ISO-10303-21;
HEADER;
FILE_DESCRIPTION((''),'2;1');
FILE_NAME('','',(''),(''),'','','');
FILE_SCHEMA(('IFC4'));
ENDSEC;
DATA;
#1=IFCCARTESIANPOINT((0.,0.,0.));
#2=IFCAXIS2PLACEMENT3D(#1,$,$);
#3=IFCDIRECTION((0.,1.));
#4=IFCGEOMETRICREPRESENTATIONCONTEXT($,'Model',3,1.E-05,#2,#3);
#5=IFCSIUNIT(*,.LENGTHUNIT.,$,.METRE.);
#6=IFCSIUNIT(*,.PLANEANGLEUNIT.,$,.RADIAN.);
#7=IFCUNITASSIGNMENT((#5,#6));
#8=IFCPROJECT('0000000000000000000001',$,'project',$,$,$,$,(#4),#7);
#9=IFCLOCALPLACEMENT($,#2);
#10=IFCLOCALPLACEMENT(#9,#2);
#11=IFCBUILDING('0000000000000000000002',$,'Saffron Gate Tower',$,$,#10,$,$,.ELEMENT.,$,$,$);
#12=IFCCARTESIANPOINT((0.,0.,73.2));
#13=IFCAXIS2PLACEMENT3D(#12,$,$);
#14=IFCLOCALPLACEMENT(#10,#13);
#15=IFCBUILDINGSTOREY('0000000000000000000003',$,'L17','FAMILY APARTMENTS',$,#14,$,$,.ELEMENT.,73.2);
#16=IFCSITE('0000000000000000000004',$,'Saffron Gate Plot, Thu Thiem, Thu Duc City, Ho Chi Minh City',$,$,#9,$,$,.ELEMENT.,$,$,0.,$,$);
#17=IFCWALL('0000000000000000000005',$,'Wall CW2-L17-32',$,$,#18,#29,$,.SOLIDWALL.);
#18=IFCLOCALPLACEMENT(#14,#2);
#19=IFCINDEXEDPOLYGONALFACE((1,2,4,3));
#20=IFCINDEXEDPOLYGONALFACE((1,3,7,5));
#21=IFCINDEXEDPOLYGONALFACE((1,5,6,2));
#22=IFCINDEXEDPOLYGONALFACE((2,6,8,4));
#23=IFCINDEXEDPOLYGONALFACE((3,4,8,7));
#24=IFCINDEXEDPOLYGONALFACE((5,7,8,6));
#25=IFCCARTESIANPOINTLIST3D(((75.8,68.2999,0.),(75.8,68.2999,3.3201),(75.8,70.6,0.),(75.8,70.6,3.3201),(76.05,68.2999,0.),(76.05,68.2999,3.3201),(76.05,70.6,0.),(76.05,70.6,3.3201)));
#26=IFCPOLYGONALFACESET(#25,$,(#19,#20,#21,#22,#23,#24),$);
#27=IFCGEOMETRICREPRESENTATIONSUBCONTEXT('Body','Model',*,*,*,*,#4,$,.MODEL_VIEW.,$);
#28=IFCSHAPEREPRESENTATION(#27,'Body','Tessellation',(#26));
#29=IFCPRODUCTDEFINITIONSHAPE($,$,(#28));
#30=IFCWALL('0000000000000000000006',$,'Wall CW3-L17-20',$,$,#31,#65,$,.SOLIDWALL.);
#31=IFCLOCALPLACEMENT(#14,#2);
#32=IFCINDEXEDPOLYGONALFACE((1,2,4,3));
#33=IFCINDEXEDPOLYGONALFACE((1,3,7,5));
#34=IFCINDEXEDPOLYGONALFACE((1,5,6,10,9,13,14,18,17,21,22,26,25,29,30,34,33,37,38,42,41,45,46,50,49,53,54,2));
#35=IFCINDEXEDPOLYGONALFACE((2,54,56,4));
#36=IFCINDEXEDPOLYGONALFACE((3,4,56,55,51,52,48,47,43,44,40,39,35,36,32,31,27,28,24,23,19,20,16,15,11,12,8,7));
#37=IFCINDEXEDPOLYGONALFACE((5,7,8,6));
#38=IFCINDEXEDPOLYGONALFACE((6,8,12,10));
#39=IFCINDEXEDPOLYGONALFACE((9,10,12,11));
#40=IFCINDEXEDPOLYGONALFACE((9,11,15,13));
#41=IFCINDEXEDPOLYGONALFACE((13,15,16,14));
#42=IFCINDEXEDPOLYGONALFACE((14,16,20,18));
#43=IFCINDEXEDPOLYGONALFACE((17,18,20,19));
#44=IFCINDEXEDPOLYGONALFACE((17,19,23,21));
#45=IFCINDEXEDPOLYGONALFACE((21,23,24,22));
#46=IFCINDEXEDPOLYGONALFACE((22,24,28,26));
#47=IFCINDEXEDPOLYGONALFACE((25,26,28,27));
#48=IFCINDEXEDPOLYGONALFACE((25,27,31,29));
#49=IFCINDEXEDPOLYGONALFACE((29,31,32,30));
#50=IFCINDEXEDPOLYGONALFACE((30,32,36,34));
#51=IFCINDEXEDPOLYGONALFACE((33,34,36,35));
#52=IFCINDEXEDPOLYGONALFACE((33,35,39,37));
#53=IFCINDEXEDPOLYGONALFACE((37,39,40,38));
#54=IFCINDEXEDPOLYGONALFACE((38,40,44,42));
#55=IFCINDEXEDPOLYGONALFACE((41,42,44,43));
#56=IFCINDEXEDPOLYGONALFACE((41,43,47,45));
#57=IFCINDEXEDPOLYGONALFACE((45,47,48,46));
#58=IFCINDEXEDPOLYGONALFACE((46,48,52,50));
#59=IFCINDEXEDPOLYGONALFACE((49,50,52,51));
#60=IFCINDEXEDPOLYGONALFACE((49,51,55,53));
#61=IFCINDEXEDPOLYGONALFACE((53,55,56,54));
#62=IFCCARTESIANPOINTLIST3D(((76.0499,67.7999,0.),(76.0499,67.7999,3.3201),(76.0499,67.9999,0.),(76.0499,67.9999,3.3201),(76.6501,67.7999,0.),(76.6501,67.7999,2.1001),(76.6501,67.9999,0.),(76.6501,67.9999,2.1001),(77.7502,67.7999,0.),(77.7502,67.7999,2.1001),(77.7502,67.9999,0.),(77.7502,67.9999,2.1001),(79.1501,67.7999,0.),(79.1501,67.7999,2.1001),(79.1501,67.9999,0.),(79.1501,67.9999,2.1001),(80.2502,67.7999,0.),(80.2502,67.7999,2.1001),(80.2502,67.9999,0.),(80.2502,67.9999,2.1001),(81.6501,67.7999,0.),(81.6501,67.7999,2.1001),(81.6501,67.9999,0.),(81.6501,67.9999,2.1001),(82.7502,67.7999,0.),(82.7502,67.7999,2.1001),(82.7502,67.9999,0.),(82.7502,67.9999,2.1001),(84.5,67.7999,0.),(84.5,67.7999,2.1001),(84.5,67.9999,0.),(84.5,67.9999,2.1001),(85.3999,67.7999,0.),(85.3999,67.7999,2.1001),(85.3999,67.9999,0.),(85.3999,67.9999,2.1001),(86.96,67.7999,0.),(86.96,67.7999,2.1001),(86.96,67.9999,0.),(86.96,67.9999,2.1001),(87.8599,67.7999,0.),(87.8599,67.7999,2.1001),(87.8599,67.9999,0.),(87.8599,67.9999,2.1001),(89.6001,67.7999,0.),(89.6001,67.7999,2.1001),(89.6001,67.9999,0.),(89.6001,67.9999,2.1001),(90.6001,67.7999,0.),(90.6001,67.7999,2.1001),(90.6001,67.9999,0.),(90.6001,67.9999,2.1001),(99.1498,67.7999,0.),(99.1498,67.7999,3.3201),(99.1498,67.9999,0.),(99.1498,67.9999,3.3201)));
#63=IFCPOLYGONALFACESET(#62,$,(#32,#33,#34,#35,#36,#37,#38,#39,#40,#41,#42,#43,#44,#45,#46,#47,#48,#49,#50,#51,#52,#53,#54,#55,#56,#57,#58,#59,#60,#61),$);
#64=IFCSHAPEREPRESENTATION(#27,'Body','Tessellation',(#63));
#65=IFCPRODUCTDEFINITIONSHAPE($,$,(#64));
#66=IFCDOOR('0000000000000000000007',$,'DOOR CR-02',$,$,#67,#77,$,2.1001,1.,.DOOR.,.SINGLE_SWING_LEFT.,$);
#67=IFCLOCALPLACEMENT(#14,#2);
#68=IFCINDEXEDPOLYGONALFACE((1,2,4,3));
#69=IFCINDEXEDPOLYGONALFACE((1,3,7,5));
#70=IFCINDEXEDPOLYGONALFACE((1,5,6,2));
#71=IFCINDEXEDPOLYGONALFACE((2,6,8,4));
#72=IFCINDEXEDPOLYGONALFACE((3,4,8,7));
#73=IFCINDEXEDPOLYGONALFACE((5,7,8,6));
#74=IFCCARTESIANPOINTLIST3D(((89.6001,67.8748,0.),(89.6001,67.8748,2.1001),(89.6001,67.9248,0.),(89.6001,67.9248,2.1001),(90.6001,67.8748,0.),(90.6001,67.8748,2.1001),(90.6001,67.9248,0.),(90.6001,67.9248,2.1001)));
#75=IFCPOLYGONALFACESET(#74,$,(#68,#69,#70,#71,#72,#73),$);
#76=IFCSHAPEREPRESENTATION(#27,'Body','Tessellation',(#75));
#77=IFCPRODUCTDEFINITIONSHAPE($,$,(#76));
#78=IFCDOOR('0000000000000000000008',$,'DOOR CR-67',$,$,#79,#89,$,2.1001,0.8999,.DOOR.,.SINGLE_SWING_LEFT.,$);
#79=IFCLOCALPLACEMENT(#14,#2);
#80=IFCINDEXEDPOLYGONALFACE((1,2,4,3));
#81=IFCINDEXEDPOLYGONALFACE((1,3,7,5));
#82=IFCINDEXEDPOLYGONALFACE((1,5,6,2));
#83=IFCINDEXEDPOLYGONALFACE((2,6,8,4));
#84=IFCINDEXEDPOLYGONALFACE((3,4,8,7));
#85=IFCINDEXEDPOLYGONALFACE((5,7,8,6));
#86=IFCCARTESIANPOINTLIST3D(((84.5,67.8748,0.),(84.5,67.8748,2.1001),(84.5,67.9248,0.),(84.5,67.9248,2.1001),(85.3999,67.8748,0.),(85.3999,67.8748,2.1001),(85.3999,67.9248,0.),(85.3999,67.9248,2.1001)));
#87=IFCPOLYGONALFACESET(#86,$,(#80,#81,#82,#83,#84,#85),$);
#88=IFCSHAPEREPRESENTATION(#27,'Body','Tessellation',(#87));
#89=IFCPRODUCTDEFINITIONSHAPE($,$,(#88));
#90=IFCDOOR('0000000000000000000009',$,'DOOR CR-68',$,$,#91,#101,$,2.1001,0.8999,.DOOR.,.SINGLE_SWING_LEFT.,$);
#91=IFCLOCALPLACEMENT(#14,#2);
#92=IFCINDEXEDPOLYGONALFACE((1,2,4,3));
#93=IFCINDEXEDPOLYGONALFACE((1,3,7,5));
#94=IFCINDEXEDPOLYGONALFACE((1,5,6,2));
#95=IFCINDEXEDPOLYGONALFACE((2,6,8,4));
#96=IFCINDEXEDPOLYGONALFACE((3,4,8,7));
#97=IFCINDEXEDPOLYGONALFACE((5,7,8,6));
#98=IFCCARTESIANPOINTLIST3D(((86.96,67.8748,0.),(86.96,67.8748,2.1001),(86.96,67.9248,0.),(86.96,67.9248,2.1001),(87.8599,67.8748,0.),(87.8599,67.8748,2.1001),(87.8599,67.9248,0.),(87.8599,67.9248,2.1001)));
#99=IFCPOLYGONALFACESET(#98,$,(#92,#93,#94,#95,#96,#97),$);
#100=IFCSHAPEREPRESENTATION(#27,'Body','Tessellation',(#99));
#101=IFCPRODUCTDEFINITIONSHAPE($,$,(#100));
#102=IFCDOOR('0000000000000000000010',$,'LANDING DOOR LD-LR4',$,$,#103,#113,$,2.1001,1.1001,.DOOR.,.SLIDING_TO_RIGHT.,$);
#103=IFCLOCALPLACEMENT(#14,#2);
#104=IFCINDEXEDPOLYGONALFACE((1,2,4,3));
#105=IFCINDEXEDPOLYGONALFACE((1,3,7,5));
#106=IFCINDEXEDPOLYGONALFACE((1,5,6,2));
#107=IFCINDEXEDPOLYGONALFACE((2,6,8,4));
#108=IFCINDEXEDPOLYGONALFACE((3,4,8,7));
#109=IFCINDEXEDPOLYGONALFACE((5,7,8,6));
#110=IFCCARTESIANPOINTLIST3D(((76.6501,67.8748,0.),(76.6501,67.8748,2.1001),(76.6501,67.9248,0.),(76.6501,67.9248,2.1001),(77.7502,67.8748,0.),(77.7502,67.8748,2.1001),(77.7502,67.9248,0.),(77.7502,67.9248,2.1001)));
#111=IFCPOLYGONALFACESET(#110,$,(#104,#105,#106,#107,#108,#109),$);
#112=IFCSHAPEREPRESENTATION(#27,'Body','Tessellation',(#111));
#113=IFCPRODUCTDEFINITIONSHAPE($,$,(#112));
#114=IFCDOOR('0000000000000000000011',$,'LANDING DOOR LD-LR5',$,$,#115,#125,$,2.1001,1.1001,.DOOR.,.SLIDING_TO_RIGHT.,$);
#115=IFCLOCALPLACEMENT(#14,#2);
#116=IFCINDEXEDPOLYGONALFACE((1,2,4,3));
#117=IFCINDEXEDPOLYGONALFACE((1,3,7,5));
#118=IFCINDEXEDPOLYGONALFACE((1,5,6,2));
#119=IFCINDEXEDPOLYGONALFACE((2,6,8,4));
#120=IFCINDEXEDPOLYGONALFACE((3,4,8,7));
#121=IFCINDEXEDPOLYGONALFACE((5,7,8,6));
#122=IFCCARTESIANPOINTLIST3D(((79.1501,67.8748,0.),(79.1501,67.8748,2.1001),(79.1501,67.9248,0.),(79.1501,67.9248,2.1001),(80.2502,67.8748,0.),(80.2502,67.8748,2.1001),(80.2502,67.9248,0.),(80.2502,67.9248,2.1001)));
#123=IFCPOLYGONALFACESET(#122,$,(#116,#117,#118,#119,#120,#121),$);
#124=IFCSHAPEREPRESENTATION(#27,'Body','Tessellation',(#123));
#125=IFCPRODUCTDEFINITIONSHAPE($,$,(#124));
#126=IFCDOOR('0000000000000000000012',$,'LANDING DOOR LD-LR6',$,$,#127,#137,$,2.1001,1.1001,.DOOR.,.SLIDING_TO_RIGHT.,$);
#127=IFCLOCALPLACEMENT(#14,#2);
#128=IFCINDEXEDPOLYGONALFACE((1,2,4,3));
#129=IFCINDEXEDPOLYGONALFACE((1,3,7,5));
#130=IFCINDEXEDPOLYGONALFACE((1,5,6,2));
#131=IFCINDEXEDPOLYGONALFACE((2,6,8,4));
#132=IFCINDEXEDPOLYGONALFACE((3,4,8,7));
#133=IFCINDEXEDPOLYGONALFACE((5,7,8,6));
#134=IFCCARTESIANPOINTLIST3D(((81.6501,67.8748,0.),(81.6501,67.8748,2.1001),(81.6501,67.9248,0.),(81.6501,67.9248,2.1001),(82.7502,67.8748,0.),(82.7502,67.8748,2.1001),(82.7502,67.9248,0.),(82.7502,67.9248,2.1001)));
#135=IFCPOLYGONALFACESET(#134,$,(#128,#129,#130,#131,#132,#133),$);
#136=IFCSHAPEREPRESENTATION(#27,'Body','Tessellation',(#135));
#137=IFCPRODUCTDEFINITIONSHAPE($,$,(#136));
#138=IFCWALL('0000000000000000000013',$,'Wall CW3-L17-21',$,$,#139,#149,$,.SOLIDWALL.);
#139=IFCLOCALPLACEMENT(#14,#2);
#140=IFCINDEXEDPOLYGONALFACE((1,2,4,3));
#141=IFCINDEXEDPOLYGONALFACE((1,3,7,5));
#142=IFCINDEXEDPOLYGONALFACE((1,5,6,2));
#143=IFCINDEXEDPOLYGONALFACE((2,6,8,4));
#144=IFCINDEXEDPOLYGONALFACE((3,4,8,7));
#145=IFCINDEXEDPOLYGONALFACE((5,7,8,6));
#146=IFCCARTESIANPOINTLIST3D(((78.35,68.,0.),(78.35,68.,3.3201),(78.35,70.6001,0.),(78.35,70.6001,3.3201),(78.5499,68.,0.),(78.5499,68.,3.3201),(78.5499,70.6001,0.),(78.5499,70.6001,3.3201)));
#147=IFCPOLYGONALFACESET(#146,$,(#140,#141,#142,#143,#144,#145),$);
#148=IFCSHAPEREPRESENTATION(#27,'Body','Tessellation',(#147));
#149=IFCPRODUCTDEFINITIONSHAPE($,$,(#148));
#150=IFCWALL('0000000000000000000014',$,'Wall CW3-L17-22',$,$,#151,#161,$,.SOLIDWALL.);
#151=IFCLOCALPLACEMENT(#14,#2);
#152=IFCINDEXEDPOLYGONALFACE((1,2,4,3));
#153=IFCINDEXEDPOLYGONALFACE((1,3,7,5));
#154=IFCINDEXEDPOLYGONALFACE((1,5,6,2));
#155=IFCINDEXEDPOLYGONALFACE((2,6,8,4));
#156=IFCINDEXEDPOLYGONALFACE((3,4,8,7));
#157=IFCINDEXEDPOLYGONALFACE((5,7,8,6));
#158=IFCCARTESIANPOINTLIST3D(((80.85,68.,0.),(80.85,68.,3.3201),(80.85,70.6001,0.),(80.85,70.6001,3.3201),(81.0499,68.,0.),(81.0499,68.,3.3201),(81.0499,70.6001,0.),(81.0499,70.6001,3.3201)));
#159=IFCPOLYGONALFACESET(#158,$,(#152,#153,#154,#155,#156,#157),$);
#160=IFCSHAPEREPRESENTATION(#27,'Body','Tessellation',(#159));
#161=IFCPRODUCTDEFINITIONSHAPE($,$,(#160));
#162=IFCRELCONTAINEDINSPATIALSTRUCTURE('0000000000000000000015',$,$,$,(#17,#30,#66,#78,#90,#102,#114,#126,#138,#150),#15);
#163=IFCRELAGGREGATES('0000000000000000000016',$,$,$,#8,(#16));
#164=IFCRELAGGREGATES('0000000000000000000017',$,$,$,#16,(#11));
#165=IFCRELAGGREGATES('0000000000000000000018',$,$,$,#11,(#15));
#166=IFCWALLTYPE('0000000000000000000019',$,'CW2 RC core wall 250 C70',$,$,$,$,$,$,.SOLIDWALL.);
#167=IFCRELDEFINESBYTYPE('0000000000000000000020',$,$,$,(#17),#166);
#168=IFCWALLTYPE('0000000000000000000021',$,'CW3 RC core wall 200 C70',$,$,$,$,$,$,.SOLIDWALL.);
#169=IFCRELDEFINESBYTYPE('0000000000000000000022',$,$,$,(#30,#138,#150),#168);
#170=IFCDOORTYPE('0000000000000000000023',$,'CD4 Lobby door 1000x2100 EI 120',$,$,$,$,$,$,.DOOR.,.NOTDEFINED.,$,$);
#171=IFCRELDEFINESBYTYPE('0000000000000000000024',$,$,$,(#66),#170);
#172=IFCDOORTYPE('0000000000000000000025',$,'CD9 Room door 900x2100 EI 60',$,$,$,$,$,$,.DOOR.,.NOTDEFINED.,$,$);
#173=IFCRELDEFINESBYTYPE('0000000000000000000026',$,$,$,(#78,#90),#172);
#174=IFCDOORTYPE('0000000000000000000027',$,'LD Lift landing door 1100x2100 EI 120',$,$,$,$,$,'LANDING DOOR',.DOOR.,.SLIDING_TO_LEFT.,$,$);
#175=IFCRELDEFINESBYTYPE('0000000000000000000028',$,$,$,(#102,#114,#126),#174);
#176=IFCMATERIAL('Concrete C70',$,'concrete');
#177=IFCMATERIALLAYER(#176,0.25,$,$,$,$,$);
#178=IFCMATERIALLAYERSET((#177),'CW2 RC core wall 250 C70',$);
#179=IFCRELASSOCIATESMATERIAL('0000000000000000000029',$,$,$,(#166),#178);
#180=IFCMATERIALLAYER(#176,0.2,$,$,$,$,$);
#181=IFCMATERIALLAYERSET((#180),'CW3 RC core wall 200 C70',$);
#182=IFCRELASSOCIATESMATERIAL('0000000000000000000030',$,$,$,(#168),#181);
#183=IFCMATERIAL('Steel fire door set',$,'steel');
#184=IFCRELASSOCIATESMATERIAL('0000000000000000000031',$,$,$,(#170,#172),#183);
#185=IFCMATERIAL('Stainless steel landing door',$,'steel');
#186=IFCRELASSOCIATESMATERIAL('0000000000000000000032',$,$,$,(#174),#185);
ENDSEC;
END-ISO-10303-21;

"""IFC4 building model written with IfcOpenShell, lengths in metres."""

from ifc_helpers import new_model, si_unit, direction, frame, frame_2d, origin, place, context, subcontext, project, spatial, rectangle, extrude, material, layer, layer_set, type_object, element, fill, save


model = new_model("IFC4")

# Units and contexts
model_context = context("Model", 3, precision=1e-05, world=origin(), true_north=direction((0.0, 1.0)))
body_context = subcontext(model_context, "Body", "Model", "MODEL_VIEW")
ifc_project = project(units=[si_unit("LENGTHUNIT", "METRE"), si_unit("PLANEANGLEUNIT", "RADIAN")], contexts=[model_context])

# Site, building, storey
site_placement = place(None, origin())
site = spatial("IfcSite", under=ifc_project, at=site_placement, Name="Saffron Gate Plot, Thu Thiem, Thu Duc City, Ho Chi Minh City", CompositionType="ELEMENT", RefElevation=0.0)
building_placement = place(site_placement, origin())
building = spatial("IfcBuilding", under=site, at=building_placement, Name="Saffron Gate Tower", CompositionType="ELEMENT")
storey_placement = place(building_placement, frame((0.0, 0.0, 73.2)))
storey = spatial("IfcBuildingStorey", under=building, at=storey_placement, Name="L17", Description="FAMILY APARTMENTS", CompositionType="ELEMENT", Elevation=73.2)

# Wall
ifc_material_1 = material(Name="Concrete C70", Category="concrete")
ifc_layer_1 = layer(ifc_material_1, 0.25)
ifc_layer_set_1 = layer_set([ifc_layer_1], Name="CW2 RC core wall 250 C70")
wall_type_1 = type_object("IfcWallType", Name="CW2 RC core wall 250 C70", PredefinedType="SOLIDWALL", material=ifc_layer_set_1)
wall_1_placement = place(storey_placement, frame((75.925, 68.3, 0.0), z_axis=(0.0, 0.0, 1.0), x_axis=(0.0, 1.0, 0.0)))
element("IfcWall", 1, at=wall_1_placement, inside=storey, type_object=wall_type_1, Name="Wall CW2-L17-32", PredefinedType="SOLIDWALL", context=body_context, shape_type="SweptSolid", body=[
    extrude(rectangle(XDim=2.3, YDim=0.25, at=frame_2d((1.1499, 0.0))), origin(), (0.0, 0.0, 1.0), 3.3201),
])

# Wall, openings, doors
ifc_layer_2 = layer(ifc_material_1, 0.2)
ifc_layer_set_2 = layer_set([ifc_layer_2], Name="CW3 RC core wall 200 C70")
wall_type_2 = type_object("IfcWallType", Name="CW3 RC core wall 200 C70", PredefinedType="SOLIDWALL", material=ifc_layer_set_2)
wall_2_placement = place(storey_placement, frame((76.05, 67.8999, 0.0), z_axis=(0.0, 0.0, 1.0), x_axis=(1.0, 0.0, 0.0)))
wall_2 = element("IfcWall", 2, at=wall_2_placement, inside=storey, type_object=wall_type_2, Name="Wall CW3-L17-20", PredefinedType="SOLIDWALL", context=body_context, shape_type="SweptSolid", body=[
    extrude(rectangle(XDim=23.0999, YDim=0.2, at=frame_2d((11.5498, 0.0))), origin(), (0.0, 0.0, 1.0), 3.3201),
])
opening_1_placement = place(wall_2_placement, frame((0.6001, 0.0, 0.0)))
opening_1 = element("IfcOpeningElement", 3, at=opening_1_placement, cuts=wall_2, PredefinedType="OPENING", context=body_context, shape_type="SweptSolid", body=[
    extrude(rectangle(XDim=1.1001, YDim=2.1001, at=frame_2d((0.55, 1.05))), frame((0.0, 0.1099, 0.0), z_axis=(0.0, -1.0, 0.0), x_axis=(1.0, 0.0, 0.0)), (0.0, 0.0, 1.0), 0.22),
])
opening_2_placement = place(wall_2_placement, frame((3.1001, 0.0, 0.0)))
opening_2 = element("IfcOpeningElement", 4, at=opening_2_placement, cuts=wall_2, PredefinedType="OPENING", context=body_context, shape_type="SweptSolid", body=[
    extrude(rectangle(XDim=1.1001, YDim=2.1001, at=frame_2d((0.55, 1.05))), frame((0.0, 0.1099, 0.0), z_axis=(0.0, -1.0, 0.0), x_axis=(1.0, 0.0, 0.0)), (0.0, 0.0, 1.0), 0.22),
])
opening_3_placement = place(wall_2_placement, frame((5.6001, 0.0, 0.0)))
opening_3 = element("IfcOpeningElement", 5, at=opening_3_placement, cuts=wall_2, PredefinedType="OPENING", context=body_context, shape_type="SweptSolid", body=[
    extrude(rectangle(XDim=1.1001, YDim=2.1001, at=frame_2d((0.55, 1.05))), frame((0.0, 0.1099, 0.0), z_axis=(0.0, -1.0, 0.0), x_axis=(1.0, 0.0, 0.0)), (0.0, 0.0, 1.0), 0.22),
])
opening_4_placement = place(wall_2_placement, frame((8.45, 0.0, 0.0)))
opening_4 = element("IfcOpeningElement", 6, at=opening_4_placement, cuts=wall_2, PredefinedType="OPENING", context=body_context, shape_type="SweptSolid", body=[
    extrude(rectangle(XDim=0.8999, YDim=2.1001, at=frame_2d((0.45, 1.05))), frame((0.0, 0.1099, 0.0), z_axis=(0.0, -1.0, 0.0), x_axis=(1.0, 0.0, 0.0)), (0.0, 0.0, 1.0), 0.22),
])
opening_5_placement = place(wall_2_placement, frame((10.9099, 0.0, 0.0)))
opening_5 = element("IfcOpeningElement", 7, at=opening_5_placement, cuts=wall_2, PredefinedType="OPENING", context=body_context, shape_type="SweptSolid", body=[
    extrude(rectangle(XDim=0.8999, YDim=2.1001, at=frame_2d((0.45, 1.05))), frame((0.0, 0.1099, 0.0), z_axis=(0.0, -1.0, 0.0), x_axis=(1.0, 0.0, 0.0)), (0.0, 0.0, 1.0), 0.22),
])
opening_6_placement = place(wall_2_placement, frame((13.55, 0.0, 0.0)))
opening_6 = element("IfcOpeningElement", 8, at=opening_6_placement, cuts=wall_2, PredefinedType="OPENING", context=body_context, shape_type="SweptSolid", body=[
    extrude(rectangle(XDim=1.0, YDim=2.1001, at=frame_2d((0.5, 1.05))), frame((0.0, 0.1099, 0.0), z_axis=(0.0, -1.0, 0.0), x_axis=(1.0, 0.0, 0.0)), (0.0, 0.0, 1.0), 0.22),
])
ifc_material_2 = material(Name="Steel fire door set", Category="steel")
door_type_1 = type_object("IfcDoorType", Name="CD4 Lobby door 1000x2100 EI 120", OperationType="NOTDEFINED", PredefinedType="DOOR", material=ifc_material_2)
door_1_placement = place(opening_6_placement, origin())
door_1 = element("IfcDoor", 9, at=door_1_placement, inside=storey, type_object=door_type_1, Name="DOOR CR-02", OperationType="SINGLE_SWING_LEFT", OverallHeight=2.1001, OverallWidth=1.0, PredefinedType="DOOR", context=body_context, shape_type="SweptSolid", body=[
    extrude(rectangle(XDim=1.0, YDim=2.1001, at=frame_2d((0.5, 1.05))), frame((0.0, 0.0249, 0.0), z_axis=(0.0, -1.0, 0.0), x_axis=(1.0, 0.0, 0.0)), (0.0, 0.0, 1.0), 0.05),
])
fill(opening_6, door_1)
door_type_2 = type_object("IfcDoorType", Name="CD9 Room door 900x2100 EI 60", OperationType="NOTDEFINED", PredefinedType="DOOR", material=ifc_material_2)
door_2_placement = place(opening_4_placement, origin())
door_2 = element("IfcDoor", 10, at=door_2_placement, inside=storey, type_object=door_type_2, Name="DOOR CR-67", OperationType="SINGLE_SWING_LEFT", OverallHeight=2.1001, OverallWidth=0.8999, PredefinedType="DOOR", context=body_context, shape_type="SweptSolid", body=[
    extrude(rectangle(XDim=0.8999, YDim=2.1001, at=frame_2d((0.45, 1.05))), frame((0.0, 0.0249, 0.0), z_axis=(0.0, -1.0, 0.0), x_axis=(1.0, 0.0, 0.0)), (0.0, 0.0, 1.0), 0.05),
])
fill(opening_4, door_2)
door_3_placement = place(opening_5_placement, origin())
door_3 = element("IfcDoor", 11, at=door_3_placement, inside=storey, type_object=door_type_2, Name="DOOR CR-68", OperationType="SINGLE_SWING_LEFT", OverallHeight=2.1001, OverallWidth=0.8999, PredefinedType="DOOR", context=body_context, shape_type="SweptSolid", body=[
    extrude(rectangle(XDim=0.8999, YDim=2.1001, at=frame_2d((0.45, 1.05))), frame((0.0, 0.0249, 0.0), z_axis=(0.0, -1.0, 0.0), x_axis=(1.0, 0.0, 0.0)), (0.0, 0.0, 1.0), 0.05),
])
fill(opening_5, door_3)
ifc_material_3 = material(Name="Stainless steel landing door", Category="steel")
door_type_3 = type_object("IfcDoorType", Name="LD Lift landing door 1100x2100 EI 120", ElementType="LANDING DOOR", OperationType="SLIDING_TO_LEFT", PredefinedType="DOOR", material=ifc_material_3)
door_4_placement = place(opening_1_placement, origin())
door_4 = element("IfcDoor", 12, at=door_4_placement, inside=storey, type_object=door_type_3, Name="LANDING DOOR LD-LR4", OperationType="SLIDING_TO_RIGHT", OverallHeight=2.1001, OverallWidth=1.1001, PredefinedType="DOOR", context=body_context, shape_type="SweptSolid", body=[
    extrude(rectangle(XDim=1.1001, YDim=2.1001, at=frame_2d((0.55, 1.05))), frame((0.0, 0.0249, 0.0), z_axis=(0.0, -1.0, 0.0), x_axis=(1.0, 0.0, 0.0)), (0.0, 0.0, 1.0), 0.05),
])
fill(opening_1, door_4)
door_5_placement = place(opening_2_placement, origin())
door_5 = element("IfcDoor", 13, at=door_5_placement, inside=storey, type_object=door_type_3, Name="LANDING DOOR LD-LR5", OperationType="SLIDING_TO_RIGHT", OverallHeight=2.1001, OverallWidth=1.1001, PredefinedType="DOOR", context=body_context, shape_type="SweptSolid", body=[
    extrude(rectangle(XDim=1.1001, YDim=2.1001, at=frame_2d((0.55, 1.05))), frame((0.0, 0.0249, 0.0), z_axis=(0.0, -1.0, 0.0), x_axis=(1.0, 0.0, 0.0)), (0.0, 0.0, 1.0), 0.05),
])
fill(opening_2, door_5)
door_6_placement = place(opening_3_placement, origin())
door_6 = element("IfcDoor", 14, at=door_6_placement, inside=storey, type_object=door_type_3, Name="LANDING DOOR LD-LR6", OperationType="SLIDING_TO_RIGHT", OverallHeight=2.1001, OverallWidth=1.1001, PredefinedType="DOOR", context=body_context, shape_type="SweptSolid", body=[
    extrude(rectangle(XDim=1.1001, YDim=2.1001, at=frame_2d((0.55, 1.05))), frame((0.0, 0.0249, 0.0), z_axis=(0.0, -1.0, 0.0), x_axis=(1.0, 0.0, 0.0)), (0.0, 0.0, 1.0), 0.05),
])
fill(opening_3, door_6)

# Walls
for number, where, z_axis, x_axis, name in (
    (15, (78.45, 68.0, 0.0), (0.0, 0.0, 1.0), (0.0, 1.0, 0.0), "Wall CW3-L17-21"),
    (16, (80.95, 68.0, 0.0), (0.0, 0.0, 1.0), (0.0, 1.0, 0.0), "Wall CW3-L17-22"),
):
    element("IfcWall", number, at=place(storey_placement, frame(where, z_axis=z_axis, x_axis=x_axis)), inside=storey, type_object=wall_type_2, Name=name, PredefinedType="SOLIDWALL", context=body_context, shape_type="SweptSolid", body=[
        extrude(rectangle(XDim=2.6001, YDim=0.2, at=frame_2d((1.3, 0.0))), origin(), (0.0, 0.0, 1.0), 3.3201),
    ])

save(model, "model.ifc")
